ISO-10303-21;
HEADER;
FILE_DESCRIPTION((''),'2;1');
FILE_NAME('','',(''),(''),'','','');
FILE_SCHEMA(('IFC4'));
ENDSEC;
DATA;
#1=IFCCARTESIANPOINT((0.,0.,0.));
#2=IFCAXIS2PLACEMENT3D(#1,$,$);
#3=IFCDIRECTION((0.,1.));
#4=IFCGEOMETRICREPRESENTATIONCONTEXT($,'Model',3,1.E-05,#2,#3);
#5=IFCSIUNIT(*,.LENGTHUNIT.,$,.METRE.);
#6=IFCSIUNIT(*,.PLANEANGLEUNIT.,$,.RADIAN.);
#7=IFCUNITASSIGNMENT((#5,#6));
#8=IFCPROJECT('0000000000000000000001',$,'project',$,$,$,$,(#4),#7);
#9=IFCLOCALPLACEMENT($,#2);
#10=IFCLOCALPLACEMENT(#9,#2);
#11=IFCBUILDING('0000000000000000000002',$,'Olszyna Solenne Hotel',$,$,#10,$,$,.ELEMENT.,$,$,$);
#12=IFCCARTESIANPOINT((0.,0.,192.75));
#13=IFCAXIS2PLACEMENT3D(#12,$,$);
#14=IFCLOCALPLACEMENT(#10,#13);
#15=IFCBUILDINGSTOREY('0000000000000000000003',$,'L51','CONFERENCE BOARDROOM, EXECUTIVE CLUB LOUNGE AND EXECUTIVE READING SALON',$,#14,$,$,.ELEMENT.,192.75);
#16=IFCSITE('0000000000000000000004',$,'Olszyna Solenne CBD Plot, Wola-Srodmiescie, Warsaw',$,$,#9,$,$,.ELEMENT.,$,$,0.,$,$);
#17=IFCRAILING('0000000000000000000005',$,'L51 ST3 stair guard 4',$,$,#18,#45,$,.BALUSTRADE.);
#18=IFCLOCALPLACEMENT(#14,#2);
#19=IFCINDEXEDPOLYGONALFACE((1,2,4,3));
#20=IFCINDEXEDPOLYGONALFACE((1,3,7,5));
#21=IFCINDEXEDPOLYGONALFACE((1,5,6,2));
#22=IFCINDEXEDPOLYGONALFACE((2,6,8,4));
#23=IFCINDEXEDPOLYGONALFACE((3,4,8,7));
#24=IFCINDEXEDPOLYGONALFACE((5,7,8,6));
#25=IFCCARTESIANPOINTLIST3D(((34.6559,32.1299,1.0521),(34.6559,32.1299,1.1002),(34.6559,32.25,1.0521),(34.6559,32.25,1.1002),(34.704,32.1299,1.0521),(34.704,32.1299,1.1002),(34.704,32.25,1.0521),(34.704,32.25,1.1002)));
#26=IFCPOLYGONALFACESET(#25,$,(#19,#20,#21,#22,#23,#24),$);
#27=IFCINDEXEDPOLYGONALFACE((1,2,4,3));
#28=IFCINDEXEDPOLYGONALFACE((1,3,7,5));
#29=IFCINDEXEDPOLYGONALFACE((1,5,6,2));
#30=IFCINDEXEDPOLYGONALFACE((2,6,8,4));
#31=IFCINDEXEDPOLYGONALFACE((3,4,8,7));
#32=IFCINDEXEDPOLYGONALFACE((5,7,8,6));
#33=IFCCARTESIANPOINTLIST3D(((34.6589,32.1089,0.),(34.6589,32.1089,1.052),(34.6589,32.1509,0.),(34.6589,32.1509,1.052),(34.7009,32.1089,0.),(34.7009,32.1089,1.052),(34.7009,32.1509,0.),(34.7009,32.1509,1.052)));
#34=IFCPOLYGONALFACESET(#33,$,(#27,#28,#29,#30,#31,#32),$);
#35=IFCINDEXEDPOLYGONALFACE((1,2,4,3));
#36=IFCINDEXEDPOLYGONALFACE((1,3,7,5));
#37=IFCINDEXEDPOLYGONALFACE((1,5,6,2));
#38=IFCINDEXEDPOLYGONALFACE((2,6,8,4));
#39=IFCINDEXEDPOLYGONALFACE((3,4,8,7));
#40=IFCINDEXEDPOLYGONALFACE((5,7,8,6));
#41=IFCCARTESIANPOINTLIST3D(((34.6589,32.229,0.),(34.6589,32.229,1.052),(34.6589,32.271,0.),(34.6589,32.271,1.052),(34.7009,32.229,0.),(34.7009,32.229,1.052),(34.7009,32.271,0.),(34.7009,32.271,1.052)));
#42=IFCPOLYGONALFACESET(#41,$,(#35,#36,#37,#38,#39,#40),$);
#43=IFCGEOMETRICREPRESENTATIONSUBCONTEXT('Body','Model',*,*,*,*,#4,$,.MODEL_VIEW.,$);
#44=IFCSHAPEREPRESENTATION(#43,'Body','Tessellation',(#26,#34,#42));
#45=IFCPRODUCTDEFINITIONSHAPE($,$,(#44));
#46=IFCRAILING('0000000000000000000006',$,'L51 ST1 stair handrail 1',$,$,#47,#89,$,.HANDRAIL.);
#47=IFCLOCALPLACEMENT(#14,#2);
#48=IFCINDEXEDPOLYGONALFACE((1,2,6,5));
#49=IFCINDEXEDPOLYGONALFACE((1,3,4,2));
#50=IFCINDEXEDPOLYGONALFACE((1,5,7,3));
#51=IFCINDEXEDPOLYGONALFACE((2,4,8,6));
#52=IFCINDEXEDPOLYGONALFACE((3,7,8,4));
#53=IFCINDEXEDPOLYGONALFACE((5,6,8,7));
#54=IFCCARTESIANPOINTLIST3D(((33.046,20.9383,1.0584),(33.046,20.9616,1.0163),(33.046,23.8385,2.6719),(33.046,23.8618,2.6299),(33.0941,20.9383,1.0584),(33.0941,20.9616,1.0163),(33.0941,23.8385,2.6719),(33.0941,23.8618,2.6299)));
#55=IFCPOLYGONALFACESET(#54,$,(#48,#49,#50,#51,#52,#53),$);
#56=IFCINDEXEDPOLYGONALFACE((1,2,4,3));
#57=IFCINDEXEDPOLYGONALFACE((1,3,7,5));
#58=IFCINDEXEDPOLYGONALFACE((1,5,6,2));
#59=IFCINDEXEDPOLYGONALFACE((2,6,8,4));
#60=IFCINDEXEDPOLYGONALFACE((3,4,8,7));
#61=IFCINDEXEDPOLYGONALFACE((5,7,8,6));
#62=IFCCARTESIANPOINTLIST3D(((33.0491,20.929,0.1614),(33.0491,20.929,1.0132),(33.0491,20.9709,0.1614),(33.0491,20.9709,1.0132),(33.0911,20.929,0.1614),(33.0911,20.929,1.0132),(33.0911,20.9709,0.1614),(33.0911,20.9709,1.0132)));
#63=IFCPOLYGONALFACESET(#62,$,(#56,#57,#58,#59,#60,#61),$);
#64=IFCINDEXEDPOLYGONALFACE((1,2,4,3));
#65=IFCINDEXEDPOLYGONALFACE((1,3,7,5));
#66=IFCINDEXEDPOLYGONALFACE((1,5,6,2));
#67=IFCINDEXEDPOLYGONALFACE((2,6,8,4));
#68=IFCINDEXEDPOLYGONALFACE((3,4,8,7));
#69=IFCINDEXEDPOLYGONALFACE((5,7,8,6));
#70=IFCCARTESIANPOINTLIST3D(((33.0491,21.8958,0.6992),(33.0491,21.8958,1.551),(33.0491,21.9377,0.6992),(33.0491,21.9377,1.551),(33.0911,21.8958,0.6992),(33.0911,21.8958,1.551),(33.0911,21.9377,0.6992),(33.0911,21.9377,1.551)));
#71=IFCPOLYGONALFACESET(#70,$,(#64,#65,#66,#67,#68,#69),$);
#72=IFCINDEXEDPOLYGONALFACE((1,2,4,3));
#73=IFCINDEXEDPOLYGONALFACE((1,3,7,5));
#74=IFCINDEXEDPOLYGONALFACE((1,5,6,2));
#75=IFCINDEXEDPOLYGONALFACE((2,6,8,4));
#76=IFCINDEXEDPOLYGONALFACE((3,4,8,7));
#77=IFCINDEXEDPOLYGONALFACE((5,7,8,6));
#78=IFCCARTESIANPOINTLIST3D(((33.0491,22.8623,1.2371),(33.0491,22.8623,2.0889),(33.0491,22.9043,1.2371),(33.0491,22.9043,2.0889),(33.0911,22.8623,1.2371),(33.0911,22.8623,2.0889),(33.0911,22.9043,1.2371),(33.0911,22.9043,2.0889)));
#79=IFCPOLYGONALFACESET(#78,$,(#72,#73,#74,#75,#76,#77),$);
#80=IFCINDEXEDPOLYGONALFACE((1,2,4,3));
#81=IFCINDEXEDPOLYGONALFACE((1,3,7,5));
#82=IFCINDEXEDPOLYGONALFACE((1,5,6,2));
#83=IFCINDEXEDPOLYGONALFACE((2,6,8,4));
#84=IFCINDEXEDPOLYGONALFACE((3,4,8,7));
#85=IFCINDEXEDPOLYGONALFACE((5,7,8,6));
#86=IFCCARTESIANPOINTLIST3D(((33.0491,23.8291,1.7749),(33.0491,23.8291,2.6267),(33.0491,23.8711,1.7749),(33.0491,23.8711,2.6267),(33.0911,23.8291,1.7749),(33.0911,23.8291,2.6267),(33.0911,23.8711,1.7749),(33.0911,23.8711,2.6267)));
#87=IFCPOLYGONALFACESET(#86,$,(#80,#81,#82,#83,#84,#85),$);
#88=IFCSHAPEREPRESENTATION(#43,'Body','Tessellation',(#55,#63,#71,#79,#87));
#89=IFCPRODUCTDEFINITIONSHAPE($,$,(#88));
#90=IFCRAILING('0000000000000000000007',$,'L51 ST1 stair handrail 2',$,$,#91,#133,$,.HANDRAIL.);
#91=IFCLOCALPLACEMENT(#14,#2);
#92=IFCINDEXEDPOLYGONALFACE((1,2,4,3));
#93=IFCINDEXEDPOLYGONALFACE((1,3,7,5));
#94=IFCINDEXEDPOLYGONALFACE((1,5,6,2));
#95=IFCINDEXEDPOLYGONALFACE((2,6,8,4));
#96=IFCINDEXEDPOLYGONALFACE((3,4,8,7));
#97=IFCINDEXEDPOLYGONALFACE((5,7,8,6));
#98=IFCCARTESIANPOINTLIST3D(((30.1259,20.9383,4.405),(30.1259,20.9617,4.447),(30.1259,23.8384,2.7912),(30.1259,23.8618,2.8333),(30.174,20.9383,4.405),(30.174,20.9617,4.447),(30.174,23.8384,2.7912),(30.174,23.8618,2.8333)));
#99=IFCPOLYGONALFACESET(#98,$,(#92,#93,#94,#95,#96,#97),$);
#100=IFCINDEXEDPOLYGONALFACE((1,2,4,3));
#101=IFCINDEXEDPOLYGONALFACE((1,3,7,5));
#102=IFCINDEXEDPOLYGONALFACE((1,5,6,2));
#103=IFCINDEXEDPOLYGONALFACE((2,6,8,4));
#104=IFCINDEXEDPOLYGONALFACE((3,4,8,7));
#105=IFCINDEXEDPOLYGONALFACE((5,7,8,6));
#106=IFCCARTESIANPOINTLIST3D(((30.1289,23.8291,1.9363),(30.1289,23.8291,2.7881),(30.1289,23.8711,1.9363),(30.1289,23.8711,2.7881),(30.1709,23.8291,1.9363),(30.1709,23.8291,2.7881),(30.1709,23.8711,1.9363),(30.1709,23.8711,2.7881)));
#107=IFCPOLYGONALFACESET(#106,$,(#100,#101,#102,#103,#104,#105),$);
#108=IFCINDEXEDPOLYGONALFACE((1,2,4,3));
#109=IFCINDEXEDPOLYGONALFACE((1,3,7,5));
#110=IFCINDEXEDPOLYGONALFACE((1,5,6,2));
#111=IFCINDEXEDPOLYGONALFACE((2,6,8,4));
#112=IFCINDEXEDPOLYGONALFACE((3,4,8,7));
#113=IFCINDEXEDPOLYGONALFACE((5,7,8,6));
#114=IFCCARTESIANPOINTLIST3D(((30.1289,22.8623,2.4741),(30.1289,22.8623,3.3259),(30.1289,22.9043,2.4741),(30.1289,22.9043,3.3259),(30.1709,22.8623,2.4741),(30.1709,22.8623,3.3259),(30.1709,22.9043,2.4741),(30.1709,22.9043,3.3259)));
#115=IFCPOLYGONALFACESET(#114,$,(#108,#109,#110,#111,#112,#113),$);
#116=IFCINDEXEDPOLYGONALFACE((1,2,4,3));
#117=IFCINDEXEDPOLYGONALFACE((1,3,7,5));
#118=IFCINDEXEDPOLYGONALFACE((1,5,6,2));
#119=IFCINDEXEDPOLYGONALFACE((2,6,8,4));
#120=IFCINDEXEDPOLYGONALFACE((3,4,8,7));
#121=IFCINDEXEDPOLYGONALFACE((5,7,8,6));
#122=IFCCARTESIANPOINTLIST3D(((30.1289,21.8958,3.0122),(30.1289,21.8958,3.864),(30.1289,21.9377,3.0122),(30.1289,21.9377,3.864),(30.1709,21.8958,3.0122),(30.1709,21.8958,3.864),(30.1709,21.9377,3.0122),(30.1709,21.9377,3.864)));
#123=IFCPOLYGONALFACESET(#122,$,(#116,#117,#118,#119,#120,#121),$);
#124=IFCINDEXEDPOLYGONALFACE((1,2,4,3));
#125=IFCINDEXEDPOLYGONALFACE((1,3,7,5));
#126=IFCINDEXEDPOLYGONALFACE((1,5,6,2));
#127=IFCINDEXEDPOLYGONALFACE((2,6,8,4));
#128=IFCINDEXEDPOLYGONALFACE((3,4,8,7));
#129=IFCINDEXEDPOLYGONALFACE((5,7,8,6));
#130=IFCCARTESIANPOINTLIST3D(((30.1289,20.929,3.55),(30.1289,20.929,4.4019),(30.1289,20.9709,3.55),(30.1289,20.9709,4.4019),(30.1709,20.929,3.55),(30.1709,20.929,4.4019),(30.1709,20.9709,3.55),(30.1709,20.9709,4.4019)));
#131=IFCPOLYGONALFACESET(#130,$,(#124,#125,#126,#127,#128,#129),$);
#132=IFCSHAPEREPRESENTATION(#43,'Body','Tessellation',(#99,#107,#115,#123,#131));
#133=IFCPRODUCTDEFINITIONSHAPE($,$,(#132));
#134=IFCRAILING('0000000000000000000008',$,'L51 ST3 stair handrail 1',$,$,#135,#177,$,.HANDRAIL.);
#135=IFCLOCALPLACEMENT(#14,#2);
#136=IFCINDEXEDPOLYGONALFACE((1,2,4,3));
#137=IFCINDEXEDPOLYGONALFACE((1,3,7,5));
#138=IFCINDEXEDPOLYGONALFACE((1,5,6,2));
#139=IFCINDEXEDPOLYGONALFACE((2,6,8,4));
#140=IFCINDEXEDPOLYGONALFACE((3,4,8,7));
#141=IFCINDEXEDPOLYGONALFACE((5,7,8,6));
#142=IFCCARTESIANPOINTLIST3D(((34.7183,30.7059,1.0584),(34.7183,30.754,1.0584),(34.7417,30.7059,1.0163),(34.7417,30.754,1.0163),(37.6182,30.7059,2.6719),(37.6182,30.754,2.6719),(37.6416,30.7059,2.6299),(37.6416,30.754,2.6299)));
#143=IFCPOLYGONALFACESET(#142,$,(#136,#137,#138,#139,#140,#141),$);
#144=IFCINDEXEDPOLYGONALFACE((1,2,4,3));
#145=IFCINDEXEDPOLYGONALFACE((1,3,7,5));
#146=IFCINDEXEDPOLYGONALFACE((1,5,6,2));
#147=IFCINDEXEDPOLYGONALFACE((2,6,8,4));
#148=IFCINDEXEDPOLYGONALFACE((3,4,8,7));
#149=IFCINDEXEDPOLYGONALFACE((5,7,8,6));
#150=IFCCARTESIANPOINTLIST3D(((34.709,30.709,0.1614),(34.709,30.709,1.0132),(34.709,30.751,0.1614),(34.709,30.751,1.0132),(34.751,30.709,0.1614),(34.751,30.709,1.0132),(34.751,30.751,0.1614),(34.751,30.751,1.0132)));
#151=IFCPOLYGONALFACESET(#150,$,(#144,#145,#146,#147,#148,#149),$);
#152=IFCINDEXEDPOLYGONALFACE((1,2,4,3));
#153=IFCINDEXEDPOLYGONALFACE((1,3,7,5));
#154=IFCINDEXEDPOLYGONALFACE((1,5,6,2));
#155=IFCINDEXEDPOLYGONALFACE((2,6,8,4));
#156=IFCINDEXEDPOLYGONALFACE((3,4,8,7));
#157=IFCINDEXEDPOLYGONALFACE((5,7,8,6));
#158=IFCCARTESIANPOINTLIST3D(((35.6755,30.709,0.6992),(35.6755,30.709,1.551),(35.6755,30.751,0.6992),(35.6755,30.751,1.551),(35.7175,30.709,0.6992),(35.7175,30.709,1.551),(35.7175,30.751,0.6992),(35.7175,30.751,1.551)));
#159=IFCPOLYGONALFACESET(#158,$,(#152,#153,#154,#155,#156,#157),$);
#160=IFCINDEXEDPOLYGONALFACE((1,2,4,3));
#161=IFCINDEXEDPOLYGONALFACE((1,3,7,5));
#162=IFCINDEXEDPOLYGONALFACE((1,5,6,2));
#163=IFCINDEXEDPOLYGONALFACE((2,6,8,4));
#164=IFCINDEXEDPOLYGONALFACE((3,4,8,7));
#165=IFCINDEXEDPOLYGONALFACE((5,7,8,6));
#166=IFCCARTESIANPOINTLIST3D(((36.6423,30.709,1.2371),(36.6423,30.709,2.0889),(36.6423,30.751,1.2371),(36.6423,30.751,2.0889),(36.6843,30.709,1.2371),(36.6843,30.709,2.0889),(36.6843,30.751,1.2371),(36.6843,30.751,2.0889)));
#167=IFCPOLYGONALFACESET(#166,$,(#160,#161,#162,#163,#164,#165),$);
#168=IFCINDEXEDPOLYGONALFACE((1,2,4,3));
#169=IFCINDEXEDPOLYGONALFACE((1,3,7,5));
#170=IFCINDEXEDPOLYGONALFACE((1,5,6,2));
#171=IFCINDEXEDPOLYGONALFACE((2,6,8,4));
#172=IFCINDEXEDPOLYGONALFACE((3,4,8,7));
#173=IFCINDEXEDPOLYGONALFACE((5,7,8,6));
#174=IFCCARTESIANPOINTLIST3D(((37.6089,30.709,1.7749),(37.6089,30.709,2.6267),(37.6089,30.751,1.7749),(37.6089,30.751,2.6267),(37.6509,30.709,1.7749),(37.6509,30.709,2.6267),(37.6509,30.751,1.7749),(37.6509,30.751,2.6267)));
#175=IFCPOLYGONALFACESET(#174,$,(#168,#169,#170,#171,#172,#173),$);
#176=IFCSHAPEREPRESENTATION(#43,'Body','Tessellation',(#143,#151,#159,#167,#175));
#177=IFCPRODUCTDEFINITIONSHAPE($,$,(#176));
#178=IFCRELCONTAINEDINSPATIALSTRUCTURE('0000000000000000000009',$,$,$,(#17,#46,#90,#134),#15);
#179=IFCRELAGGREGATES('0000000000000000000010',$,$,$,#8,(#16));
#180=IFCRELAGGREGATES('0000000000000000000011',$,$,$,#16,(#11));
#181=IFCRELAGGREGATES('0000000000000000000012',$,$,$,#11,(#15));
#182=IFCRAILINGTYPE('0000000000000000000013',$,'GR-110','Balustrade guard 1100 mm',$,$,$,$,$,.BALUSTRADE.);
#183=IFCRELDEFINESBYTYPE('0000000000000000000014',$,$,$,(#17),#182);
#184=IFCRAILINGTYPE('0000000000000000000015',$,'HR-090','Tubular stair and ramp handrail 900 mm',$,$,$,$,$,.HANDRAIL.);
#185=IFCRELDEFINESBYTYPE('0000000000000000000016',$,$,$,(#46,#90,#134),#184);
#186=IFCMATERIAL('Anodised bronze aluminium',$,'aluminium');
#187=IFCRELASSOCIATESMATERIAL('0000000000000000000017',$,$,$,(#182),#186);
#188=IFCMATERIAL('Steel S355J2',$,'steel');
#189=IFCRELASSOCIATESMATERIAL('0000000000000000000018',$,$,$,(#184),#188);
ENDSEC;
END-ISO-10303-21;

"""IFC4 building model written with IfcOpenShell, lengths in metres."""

from ifc_helpers import new_model, si_unit, direction, frame, origin, origin_2d, place, context, subcontext, project, spatial, rectangle, extrude, material, type_object, element, save


model = new_model("IFC4")

# Units and contexts
model_context = context("Model", 3, precision=1e-05, world=origin(), true_north=direction((0.0, 1.0)))
body_context = subcontext(model_context, "Body", "Model", "MODEL_VIEW")
ifc_project = project(units=[si_unit("LENGTHUNIT", "METRE"), si_unit("PLANEANGLEUNIT", "RADIAN")], contexts=[model_context])

# Site, building, storey
site_placement = place(None, origin())
site = spatial("IfcSite", under=ifc_project, at=site_placement, Name="Olszyna Solenne CBD Plot, Wola-Srodmiescie, Warsaw", CompositionType="ELEMENT", RefElevation=0.0)
building_placement = place(site_placement, origin())
building = spatial("IfcBuilding", under=site, at=building_placement, Name="Olszyna Solenne Hotel", CompositionType="ELEMENT")
storey_placement = place(building_placement, frame((0.0, 0.0, 192.75)))
storey = spatial("IfcBuildingStorey", under=building, at=storey_placement, Name="L51", Description="CONFERENCE BOARDROOM, EXECUTIVE CLUB LOUNGE AND EXECUTIVE READING SALON", CompositionType="ELEMENT", Elevation=192.75)

# Shared definitions
ifc_material_1 = material(Name="Steel S355J2", Category="steel")

# Railings
ifc_material_2 = material(Name="Anodised bronze aluminium", Category="aluminium")
railing_type_1 = type_object("IfcRailingType", Name="GR-110", Description="Balustrade guard 1100 mm", PredefinedType="BALUSTRADE", material=ifc_material_2)
railing_1_placement = place(storey_placement, frame((34.6799, 32.1299, 0.0)))
element("IfcRailing", 1, at=railing_1_placement, inside=storey, type_object=railing_type_1, Name="L51 ST3 stair guard 4", PredefinedType="BALUSTRADE", context=body_context, shape_type="SweptSolid", body=[
    extrude(rectangle(XDim=0.0481, YDim=0.0481, at=origin_2d()), frame((0.0, 0.0, 1.0762), z_axis=(0.0, 1.0, 0.0), x_axis=(-1.0, 0.0, 0.0)), (0.0, 0.0, 1.0), 0.1201),
    extrude(rectangle(XDim=0.042, YDim=0.042, at=origin_2d()), origin(), (0.0, 0.0, 1.0), 1.052),
    extrude(rectangle(XDim=0.042, YDim=0.042, at=origin_2d()), frame((0.0, 0.1201, 0.0)), (0.0, 0.0, 1.0), 1.052),
])
railing_type_2 = type_object("IfcRailingType", Name="HR-090", Description="Tubular stair and ramp handrail 900 mm", PredefinedType="HANDRAIL", material=ifc_material_1)
railing_2_placement = place(storey_placement, frame((33.0701, 20.95, 0.1614)))
element("IfcRailing", 2, at=railing_2_placement, inside=storey, type_object=railing_type_2, Name="L51 ST1 stair handrail 1", PredefinedType="HANDRAIL", context=body_context, shape_type="SweptSolid", body=[
    extrude(rectangle(XDim=0.0481, YDim=0.0481, at=origin_2d()), frame((0.0, 0.0, 0.876), z_axis=(0.0, 0.873859, 0.48618), x_axis=(-1.0, 0.0, 0.0)), (0.0, 0.0, 1.0), 3.3188),
    extrude(rectangle(XDim=0.042, YDim=0.042, at=origin_2d()), origin(), (0.0, 0.0, 1.0), 0.8518),
    extrude(rectangle(XDim=0.042, YDim=0.042, at=origin_2d()), frame((0.0, 0.9668, 0.5378)), (0.0, 0.0, 1.0), 0.8518),
    extrude(rectangle(XDim=0.042, YDim=0.042, at=origin_2d()), frame((0.0, 1.9333, 1.0757)), (0.0, 0.0, 1.0), 0.8518),
    extrude(rectangle(XDim=0.042, YDim=0.042, at=origin_2d()), frame((0.0, 2.9001, 1.6135)), (0.0, 0.0, 1.0), 0.8518),
])
railing_3_placement = place(storey_placement, frame((30.1499, 23.8501, 1.9363)))
element("IfcRailing", 3, at=railing_3_placement, inside=storey, type_object=railing_type_2, Name="L51 ST1 stair handrail 2", PredefinedType="HANDRAIL", context=body_context, shape_type="SweptSolid", body=[
    extrude(rectangle(XDim=0.0481, YDim=0.0481, at=origin_2d()), frame((0.0, 0.0, 0.876), z_axis=(0.0, -0.873827, 0.486236), x_axis=(1.0, 0.0, 0.0)), (0.0, 0.0, 1.0), 3.3188),
    extrude(rectangle(XDim=0.042, YDim=0.042, at=origin_2d()), origin(), (0.0, 0.0, 1.0), 0.8518),
    extrude(rectangle(XDim=0.042, YDim=0.042, at=origin_2d()), frame((0.0, -0.9668, 0.5378)), (0.0, 0.0, 1.0), 0.8518),
    extrude(rectangle(XDim=0.042, YDim=0.042, at=origin_2d()), frame((0.0, -1.9333, 1.0759)), (0.0, 0.0, 1.0), 0.8518),
    extrude(rectangle(XDim=0.042, YDim=0.042, at=origin_2d()), frame((0.0, -2.9001, 1.6138)), (0.0, 0.0, 1.0), 0.8518),
])
railing_4_placement = place(storey_placement, frame((34.73, 30.73, 0.1614)))
element("IfcRailing", 4, at=railing_4_placement, inside=storey, type_object=railing_type_2, Name="L51 ST3 stair handrail 1", PredefinedType="HANDRAIL", context=body_context, shape_type="SweptSolid", body=[
    extrude(rectangle(XDim=0.0481, YDim=0.0481, at=origin_2d()), frame((0.0, 0.0, 0.876), z_axis=(0.873841, 0.0, 0.486211), x_axis=(0.0, 1.0, 0.0)), (0.0, 0.0, 1.0), 3.3186),
    extrude(rectangle(XDim=0.042, YDim=0.042, at=origin_2d()), origin(), (0.0, 0.0, 1.0), 0.8518),
    extrude(rectangle(XDim=0.042, YDim=0.042, at=origin_2d()), frame((0.9666, 0.0, 0.5378)), (0.0, 0.0, 1.0), 0.8518),
    extrude(rectangle(XDim=0.042, YDim=0.042, at=origin_2d()), frame((1.9333, 0.0, 1.0757)), (0.0, 0.0, 1.0), 0.8518),
    extrude(rectangle(XDim=0.042, YDim=0.042, at=origin_2d()), frame((2.8999, 0.0, 1.6135)), (0.0, 0.0, 1.0), 0.8518),
])

save(model, "model.ifc")
